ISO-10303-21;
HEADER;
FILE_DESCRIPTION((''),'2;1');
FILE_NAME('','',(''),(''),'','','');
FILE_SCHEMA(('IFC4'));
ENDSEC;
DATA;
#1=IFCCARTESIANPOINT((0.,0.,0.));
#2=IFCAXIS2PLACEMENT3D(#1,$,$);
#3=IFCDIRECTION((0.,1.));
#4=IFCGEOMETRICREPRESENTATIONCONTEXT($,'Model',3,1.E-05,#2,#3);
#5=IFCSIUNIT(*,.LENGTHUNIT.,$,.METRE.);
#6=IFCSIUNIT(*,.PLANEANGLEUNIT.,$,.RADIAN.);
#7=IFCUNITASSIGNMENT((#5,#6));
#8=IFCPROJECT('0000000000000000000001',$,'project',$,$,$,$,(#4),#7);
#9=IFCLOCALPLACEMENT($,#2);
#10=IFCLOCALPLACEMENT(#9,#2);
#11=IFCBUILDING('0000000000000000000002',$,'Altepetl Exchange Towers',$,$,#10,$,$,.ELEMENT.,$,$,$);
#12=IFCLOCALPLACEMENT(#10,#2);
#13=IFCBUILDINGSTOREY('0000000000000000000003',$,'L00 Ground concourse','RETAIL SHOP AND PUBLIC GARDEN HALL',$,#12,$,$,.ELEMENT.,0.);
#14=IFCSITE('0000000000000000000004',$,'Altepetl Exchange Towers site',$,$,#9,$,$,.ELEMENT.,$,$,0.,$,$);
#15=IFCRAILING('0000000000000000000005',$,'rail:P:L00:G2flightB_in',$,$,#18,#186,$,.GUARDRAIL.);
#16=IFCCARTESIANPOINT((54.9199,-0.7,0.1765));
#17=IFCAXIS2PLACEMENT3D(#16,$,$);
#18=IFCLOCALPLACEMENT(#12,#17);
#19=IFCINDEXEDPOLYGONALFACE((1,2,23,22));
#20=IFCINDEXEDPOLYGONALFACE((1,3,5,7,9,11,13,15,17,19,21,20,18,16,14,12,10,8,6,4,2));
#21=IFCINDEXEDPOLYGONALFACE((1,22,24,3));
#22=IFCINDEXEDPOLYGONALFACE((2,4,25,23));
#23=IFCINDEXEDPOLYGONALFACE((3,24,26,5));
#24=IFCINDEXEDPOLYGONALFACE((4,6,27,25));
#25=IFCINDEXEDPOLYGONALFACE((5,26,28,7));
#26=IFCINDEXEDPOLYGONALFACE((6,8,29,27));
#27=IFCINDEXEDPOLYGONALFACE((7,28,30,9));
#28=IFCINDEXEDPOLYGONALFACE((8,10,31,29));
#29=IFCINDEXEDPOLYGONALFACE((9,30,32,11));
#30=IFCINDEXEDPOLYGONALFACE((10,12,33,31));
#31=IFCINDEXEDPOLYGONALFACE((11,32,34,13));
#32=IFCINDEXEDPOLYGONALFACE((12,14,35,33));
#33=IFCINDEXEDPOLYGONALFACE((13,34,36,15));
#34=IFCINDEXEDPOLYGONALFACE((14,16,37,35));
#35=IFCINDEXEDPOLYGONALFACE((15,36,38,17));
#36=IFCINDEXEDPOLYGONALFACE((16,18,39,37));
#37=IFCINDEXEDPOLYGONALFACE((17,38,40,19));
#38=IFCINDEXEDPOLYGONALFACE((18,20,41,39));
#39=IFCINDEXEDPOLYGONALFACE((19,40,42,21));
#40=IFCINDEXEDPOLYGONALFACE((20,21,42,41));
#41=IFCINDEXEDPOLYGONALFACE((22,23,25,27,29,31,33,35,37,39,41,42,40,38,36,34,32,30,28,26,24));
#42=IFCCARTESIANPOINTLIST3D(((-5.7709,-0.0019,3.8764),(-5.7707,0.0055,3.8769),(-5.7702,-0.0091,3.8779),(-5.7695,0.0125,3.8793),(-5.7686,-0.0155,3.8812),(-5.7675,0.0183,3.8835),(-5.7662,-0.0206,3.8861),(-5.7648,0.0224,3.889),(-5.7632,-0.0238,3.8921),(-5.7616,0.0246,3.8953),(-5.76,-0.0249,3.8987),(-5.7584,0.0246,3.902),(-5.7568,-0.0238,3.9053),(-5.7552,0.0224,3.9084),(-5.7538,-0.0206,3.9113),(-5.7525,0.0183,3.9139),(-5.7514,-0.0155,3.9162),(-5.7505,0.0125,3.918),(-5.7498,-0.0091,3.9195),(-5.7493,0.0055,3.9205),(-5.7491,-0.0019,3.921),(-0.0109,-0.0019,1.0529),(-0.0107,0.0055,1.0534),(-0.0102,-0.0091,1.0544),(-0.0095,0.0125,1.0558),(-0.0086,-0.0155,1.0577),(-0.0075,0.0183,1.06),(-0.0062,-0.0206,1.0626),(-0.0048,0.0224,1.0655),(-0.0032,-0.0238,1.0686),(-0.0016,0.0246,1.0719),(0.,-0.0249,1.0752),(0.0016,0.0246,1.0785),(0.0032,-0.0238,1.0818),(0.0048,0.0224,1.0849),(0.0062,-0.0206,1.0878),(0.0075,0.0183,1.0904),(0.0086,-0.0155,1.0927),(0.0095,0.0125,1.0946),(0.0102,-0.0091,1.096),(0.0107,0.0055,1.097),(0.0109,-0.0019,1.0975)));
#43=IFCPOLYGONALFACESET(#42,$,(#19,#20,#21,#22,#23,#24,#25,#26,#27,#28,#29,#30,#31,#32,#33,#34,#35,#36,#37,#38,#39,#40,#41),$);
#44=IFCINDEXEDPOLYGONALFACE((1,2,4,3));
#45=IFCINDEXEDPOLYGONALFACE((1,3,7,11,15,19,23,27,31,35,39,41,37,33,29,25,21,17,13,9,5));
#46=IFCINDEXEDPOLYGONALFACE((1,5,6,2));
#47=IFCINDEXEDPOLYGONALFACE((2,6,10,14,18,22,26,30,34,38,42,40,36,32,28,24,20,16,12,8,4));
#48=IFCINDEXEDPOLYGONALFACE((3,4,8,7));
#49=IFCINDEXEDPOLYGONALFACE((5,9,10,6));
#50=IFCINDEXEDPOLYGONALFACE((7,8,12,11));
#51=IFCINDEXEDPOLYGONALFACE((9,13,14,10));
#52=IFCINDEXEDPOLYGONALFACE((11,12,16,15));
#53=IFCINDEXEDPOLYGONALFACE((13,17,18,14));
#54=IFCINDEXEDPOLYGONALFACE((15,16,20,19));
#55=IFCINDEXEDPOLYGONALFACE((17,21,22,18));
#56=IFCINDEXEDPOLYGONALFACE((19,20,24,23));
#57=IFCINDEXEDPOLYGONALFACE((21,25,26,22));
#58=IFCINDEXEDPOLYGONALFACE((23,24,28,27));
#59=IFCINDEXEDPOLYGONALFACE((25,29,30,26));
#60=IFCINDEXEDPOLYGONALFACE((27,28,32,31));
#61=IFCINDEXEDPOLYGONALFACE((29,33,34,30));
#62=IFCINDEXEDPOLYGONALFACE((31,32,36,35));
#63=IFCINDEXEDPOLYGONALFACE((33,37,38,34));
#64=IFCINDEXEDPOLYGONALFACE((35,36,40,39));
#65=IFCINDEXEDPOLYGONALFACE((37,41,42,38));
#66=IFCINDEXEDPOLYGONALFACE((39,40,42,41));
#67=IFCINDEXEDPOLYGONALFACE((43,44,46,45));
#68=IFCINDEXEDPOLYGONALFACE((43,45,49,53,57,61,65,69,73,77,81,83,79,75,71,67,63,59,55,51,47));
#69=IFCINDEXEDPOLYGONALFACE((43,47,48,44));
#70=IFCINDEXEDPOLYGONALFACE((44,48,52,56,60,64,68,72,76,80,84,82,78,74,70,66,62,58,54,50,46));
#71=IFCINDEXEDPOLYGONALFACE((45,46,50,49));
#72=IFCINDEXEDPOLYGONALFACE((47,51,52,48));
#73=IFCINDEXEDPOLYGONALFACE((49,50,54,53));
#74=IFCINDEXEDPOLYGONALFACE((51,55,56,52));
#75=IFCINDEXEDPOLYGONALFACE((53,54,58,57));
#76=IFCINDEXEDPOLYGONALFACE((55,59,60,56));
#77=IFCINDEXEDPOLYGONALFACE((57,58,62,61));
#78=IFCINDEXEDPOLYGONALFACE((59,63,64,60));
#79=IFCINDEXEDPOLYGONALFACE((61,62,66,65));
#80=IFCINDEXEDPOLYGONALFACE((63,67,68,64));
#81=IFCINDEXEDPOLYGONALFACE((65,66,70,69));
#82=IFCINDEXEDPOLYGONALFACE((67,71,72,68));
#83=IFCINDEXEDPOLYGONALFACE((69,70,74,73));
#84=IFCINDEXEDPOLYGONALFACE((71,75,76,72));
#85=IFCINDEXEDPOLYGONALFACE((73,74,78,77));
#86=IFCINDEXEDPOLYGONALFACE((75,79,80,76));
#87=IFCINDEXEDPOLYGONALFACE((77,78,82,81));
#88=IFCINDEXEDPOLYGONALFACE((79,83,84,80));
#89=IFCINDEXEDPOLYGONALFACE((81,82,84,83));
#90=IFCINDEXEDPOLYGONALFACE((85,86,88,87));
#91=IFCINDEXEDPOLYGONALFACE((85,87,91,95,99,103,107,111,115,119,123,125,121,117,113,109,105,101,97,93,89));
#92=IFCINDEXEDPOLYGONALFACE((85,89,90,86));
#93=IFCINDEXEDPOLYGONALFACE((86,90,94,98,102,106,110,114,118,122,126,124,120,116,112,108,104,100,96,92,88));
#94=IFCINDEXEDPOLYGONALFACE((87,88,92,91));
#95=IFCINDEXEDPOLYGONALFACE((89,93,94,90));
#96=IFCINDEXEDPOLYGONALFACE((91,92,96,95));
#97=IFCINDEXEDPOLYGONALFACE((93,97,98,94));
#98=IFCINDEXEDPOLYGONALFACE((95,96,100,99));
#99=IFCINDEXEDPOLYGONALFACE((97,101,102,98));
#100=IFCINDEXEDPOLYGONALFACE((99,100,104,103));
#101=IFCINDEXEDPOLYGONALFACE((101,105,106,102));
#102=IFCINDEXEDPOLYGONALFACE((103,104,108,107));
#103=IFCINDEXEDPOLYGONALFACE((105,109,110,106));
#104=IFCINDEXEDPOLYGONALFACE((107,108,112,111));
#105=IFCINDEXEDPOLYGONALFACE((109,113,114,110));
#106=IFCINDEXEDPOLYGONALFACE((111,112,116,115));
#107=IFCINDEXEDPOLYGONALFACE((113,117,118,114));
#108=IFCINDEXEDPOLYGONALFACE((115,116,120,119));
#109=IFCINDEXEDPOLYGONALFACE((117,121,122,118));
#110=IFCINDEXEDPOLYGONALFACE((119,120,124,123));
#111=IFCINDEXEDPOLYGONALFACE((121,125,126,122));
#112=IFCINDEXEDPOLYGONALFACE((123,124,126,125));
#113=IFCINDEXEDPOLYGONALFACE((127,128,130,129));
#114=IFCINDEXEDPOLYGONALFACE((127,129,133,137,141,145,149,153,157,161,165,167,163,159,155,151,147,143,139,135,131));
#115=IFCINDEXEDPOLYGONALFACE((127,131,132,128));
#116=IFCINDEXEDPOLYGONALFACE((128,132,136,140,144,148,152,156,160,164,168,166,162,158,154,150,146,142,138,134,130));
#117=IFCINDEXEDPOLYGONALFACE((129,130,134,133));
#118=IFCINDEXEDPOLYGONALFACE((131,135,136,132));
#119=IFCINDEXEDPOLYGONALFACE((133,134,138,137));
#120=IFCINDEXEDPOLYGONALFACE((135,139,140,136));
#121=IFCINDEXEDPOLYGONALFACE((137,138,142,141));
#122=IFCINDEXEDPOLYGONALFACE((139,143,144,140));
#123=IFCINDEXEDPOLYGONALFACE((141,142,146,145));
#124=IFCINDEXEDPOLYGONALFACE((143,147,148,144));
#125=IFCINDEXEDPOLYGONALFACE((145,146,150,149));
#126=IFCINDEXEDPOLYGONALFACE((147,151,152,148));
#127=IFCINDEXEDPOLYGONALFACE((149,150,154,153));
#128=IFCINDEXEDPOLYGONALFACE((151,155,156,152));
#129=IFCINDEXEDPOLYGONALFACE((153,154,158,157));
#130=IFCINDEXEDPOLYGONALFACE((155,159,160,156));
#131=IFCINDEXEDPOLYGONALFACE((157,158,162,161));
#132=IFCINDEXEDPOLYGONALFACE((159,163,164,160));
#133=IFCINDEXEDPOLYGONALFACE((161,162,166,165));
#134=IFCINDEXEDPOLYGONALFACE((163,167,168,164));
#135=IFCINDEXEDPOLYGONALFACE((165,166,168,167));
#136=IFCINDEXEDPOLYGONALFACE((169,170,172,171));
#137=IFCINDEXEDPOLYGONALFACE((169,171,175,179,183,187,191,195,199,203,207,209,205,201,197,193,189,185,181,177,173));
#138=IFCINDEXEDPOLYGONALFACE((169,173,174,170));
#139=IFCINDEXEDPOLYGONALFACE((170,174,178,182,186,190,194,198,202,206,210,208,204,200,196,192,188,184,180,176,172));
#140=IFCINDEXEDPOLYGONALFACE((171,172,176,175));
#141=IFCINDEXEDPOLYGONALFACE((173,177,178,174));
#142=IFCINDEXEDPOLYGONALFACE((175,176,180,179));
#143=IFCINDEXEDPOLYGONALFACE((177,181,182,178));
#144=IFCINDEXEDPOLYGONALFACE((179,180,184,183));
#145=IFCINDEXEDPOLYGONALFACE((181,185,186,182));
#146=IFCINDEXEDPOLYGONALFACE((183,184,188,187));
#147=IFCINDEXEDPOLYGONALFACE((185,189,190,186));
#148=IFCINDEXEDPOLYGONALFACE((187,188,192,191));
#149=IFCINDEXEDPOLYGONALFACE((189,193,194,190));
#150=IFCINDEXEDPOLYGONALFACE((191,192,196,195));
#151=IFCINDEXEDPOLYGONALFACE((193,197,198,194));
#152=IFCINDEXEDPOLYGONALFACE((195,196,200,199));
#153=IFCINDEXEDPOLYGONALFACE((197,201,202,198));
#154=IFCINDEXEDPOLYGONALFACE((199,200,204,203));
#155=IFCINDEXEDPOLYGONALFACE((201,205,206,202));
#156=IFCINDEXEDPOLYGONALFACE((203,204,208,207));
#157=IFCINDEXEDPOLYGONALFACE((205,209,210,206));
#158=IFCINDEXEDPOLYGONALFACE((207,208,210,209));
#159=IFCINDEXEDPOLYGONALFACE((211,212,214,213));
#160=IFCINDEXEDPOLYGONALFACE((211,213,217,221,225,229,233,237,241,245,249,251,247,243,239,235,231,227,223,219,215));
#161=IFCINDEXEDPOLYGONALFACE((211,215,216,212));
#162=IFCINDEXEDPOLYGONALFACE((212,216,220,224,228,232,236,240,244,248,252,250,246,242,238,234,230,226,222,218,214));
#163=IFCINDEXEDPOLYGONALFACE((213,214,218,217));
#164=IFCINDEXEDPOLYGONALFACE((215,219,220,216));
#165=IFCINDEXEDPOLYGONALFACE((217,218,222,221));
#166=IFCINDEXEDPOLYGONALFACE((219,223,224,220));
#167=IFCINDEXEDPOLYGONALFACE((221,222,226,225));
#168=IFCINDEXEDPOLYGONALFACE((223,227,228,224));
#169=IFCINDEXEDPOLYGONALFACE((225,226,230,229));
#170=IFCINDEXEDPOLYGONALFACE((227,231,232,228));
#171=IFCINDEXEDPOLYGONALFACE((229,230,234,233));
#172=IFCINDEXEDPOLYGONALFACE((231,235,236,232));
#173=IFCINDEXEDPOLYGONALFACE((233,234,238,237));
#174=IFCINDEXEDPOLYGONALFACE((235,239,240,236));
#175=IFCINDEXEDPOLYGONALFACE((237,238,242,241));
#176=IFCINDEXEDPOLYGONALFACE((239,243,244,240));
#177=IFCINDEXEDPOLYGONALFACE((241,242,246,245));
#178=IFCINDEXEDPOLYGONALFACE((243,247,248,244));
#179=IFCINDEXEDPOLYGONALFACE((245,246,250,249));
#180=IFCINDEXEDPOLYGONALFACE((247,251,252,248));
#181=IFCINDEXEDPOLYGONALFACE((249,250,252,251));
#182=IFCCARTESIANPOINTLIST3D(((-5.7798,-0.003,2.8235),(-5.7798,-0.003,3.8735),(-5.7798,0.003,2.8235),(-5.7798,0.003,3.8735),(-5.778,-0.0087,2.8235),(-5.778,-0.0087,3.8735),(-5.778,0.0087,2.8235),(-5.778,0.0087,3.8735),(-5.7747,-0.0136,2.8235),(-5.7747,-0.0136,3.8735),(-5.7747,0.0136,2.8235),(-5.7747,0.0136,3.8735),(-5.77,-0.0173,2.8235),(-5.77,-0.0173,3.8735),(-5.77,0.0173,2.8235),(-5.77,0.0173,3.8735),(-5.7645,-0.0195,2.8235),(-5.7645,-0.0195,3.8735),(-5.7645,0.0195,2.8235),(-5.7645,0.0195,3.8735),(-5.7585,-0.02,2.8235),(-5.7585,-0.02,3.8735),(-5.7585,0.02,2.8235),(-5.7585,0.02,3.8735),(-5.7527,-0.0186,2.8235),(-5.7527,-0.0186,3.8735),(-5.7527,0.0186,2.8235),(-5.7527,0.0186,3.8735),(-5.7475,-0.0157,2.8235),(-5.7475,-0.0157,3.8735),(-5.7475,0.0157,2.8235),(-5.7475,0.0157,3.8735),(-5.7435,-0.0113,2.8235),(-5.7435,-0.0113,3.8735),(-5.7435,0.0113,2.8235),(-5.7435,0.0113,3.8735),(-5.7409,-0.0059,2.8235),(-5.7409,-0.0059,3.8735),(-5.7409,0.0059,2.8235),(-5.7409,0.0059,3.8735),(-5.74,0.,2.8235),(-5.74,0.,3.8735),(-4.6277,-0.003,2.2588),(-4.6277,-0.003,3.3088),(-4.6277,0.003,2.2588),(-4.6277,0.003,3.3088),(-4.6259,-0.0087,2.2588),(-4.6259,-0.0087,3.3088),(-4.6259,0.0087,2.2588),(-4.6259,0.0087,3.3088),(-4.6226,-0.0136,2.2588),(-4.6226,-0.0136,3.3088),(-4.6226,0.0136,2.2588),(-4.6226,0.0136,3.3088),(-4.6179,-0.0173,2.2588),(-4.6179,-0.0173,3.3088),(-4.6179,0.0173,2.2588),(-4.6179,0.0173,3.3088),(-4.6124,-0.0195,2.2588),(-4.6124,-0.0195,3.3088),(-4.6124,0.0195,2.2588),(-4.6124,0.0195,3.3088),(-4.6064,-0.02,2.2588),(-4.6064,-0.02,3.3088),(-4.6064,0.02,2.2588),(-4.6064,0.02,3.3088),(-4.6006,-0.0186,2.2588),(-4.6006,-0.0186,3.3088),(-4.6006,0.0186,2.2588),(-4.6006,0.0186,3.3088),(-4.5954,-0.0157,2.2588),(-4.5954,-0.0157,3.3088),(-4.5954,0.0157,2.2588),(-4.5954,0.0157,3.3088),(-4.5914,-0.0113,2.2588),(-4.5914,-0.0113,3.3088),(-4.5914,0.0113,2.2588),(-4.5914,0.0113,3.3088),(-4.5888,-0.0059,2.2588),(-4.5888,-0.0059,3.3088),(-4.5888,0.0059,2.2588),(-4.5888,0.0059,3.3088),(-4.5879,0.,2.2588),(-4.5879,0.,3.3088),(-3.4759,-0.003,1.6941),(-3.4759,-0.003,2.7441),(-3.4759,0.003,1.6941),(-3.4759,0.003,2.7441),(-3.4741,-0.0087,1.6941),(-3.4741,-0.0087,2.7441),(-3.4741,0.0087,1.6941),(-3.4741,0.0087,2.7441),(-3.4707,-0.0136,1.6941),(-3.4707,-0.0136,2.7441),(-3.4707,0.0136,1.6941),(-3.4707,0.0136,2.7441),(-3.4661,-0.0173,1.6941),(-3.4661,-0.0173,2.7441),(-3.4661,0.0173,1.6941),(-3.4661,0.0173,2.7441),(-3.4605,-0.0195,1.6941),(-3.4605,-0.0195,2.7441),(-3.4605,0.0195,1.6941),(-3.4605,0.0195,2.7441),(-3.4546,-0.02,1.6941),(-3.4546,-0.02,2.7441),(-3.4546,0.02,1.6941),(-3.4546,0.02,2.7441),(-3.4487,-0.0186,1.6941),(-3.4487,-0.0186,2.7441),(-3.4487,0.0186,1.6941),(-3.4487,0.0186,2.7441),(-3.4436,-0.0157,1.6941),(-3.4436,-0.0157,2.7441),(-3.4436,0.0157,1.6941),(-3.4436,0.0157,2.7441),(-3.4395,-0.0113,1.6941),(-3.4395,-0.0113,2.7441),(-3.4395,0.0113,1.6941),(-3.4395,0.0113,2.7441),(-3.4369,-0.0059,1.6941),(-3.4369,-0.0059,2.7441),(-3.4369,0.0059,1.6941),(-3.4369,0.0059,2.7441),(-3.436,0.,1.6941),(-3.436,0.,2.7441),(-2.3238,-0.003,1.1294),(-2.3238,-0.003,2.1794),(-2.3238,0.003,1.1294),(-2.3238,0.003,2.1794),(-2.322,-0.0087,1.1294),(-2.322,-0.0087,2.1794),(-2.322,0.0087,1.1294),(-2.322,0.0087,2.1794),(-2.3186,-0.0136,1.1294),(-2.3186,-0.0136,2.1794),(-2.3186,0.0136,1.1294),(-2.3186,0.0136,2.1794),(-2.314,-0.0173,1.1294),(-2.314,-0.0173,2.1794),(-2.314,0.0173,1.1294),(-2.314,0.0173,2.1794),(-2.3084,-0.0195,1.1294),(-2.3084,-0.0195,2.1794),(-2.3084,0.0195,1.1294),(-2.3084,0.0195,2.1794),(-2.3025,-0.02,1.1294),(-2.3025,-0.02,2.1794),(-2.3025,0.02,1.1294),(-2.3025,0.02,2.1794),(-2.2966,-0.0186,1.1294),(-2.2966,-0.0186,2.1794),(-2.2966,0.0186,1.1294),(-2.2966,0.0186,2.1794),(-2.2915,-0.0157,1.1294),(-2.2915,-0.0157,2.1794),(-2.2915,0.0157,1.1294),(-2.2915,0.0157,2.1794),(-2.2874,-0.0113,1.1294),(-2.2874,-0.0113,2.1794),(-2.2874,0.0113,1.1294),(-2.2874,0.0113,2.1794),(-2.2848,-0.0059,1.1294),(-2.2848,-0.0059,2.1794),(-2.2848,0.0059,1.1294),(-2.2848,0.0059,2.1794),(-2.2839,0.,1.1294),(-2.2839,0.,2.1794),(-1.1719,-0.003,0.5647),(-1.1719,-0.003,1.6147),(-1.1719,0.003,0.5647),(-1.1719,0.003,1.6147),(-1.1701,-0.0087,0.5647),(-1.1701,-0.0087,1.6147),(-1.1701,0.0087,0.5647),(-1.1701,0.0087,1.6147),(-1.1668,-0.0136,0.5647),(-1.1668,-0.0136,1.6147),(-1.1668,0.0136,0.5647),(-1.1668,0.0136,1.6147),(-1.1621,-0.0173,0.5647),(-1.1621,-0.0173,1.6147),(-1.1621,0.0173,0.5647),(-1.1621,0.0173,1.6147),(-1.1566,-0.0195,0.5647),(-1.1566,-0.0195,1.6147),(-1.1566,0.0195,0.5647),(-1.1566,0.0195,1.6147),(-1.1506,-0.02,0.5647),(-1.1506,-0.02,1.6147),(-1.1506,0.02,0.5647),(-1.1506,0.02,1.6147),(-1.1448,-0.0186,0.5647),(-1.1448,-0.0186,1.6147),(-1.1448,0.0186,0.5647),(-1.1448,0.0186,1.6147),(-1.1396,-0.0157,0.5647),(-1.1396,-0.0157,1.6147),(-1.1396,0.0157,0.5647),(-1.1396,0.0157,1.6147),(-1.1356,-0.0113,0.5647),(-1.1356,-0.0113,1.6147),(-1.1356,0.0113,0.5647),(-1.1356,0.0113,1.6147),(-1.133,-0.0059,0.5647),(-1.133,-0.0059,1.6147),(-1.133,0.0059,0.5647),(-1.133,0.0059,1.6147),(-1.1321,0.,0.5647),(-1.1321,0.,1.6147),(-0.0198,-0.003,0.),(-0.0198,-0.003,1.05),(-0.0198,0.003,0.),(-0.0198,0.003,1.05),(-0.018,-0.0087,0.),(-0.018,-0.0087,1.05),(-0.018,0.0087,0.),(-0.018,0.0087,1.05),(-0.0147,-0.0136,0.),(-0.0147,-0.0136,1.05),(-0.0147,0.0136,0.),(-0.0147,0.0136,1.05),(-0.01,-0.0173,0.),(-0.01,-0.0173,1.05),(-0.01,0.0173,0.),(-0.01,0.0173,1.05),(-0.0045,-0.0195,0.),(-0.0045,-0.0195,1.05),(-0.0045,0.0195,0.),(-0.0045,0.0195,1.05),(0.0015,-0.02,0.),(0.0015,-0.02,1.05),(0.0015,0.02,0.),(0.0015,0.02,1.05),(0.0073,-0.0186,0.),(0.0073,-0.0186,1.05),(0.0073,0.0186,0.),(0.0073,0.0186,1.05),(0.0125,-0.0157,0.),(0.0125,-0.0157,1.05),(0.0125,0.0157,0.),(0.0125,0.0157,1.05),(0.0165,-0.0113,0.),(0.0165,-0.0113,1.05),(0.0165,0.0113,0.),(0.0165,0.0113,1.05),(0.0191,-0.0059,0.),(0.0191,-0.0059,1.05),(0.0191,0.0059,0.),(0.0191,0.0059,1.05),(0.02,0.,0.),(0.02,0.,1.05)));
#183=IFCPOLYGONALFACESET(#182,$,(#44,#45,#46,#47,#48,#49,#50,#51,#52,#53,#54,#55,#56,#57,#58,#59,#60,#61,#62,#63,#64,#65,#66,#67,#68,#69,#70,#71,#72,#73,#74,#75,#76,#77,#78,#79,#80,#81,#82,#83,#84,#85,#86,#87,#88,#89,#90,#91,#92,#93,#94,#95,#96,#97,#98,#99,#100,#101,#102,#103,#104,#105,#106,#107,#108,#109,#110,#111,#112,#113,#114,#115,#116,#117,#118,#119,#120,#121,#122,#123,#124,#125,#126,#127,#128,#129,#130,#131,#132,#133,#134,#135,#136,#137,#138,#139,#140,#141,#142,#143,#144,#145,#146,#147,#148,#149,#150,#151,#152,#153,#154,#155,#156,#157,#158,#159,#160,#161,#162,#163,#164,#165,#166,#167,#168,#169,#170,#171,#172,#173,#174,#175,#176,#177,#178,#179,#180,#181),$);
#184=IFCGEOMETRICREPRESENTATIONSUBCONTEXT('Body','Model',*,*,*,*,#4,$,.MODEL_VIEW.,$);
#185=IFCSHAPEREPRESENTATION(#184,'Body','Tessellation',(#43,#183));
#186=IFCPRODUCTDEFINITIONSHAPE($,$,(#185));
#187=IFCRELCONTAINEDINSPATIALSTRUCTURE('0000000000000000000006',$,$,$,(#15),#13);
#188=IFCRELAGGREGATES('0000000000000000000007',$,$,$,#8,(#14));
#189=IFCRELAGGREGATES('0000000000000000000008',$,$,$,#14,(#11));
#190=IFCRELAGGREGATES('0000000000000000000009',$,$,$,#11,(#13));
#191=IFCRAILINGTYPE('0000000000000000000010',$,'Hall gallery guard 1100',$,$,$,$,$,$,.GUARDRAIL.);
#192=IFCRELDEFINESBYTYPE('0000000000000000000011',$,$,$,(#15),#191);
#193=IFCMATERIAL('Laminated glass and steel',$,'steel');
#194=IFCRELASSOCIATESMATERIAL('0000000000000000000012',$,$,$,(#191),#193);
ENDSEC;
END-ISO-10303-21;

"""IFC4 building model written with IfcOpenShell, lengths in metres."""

from ifc_helpers import new_model, si_unit, direction, frame, origin, origin_2d, place, context, subcontext, project, spatial, circle, extrude, source, transform, mapped, material, type_object, element, save


model = new_model("IFC4")

# Units and contexts
model_context = context("Model", 3, precision=1e-05, world=origin(), true_north=direction((0.0, 1.0)))
body_context = subcontext(model_context, "Body", "Model", "MODEL_VIEW")
ifc_project = project(units=[si_unit("LENGTHUNIT", "METRE"), si_unit("PLANEANGLEUNIT", "RADIAN")], contexts=[model_context])

# Site, building, storey
site_placement = place(None, origin())
site = spatial("IfcSite", under=ifc_project, at=site_placement, Name="Altepetl Exchange Towers site", CompositionType="ELEMENT", RefElevation=0.0)
building_placement = place(site_placement, origin())
building = spatial("IfcBuilding", under=site, at=building_placement, Name="Altepetl Exchange Towers", CompositionType="ELEMENT")
storey_placement = place(building_placement, origin())
storey = spatial("IfcBuildingStorey", under=building, at=storey_placement, Name="L00 Ground concourse", Description="RETAIL SHOP AND PUBLIC GARDEN HALL", CompositionType="ELEMENT", Elevation=0.0)

# Railing
ifc_material_1 = material(Name="Laminated glass and steel", Category="steel")
railing_type_1 = type_object("IfcRailingType", Name="Hall gallery guard 1100", PredefinedType="GUARDRAIL", material=ifc_material_1)
shared_shape_1 = source(origin(), body_context, "Body", "SweptSolid", [
    extrude(circle(Radius=0.02, at=origin_2d()), origin(), (0.0, 0.0, 1.0), 1.05),
])
for number, where, name in (
    (1, (54.9199, -0.7, 0.1765), "rail:P:L00:G2flightB_in"),
):
    element("IfcRailing", number, at=place(storey_placement, frame(where)), inside=storey, type_object=railing_type_1, Name=name, PredefinedType="GUARDRAIL", context=body_context, shape_type="SweptSolid", body=[
        extrude(circle(Radius=0.0249, at=origin_2d()), frame((0.0, 0.0, 1.0752), z_axis=(-0.897924, 0.0, 0.440151), x_axis=(0.0, -1.0, 0.0)), (0.0, 0.0, 1.0), 6.4148),
        mapped(shared_shape_1, transform((0.0, 0.0, 0.0))),
        mapped(shared_shape_1, transform((-1.1521, 0.0, 0.5647))),
        mapped(shared_shape_1, transform((-2.304, 0.0, 1.1294))),
        mapped(shared_shape_1, transform((-3.4561, 0.0, 1.6941))),
        mapped(shared_shape_1, transform((-4.6079, 0.0, 2.2588))),
        mapped(shared_shape_1, transform((-5.76, 0.0, 2.8235))),
    ])

save(model, "model.ifc")
